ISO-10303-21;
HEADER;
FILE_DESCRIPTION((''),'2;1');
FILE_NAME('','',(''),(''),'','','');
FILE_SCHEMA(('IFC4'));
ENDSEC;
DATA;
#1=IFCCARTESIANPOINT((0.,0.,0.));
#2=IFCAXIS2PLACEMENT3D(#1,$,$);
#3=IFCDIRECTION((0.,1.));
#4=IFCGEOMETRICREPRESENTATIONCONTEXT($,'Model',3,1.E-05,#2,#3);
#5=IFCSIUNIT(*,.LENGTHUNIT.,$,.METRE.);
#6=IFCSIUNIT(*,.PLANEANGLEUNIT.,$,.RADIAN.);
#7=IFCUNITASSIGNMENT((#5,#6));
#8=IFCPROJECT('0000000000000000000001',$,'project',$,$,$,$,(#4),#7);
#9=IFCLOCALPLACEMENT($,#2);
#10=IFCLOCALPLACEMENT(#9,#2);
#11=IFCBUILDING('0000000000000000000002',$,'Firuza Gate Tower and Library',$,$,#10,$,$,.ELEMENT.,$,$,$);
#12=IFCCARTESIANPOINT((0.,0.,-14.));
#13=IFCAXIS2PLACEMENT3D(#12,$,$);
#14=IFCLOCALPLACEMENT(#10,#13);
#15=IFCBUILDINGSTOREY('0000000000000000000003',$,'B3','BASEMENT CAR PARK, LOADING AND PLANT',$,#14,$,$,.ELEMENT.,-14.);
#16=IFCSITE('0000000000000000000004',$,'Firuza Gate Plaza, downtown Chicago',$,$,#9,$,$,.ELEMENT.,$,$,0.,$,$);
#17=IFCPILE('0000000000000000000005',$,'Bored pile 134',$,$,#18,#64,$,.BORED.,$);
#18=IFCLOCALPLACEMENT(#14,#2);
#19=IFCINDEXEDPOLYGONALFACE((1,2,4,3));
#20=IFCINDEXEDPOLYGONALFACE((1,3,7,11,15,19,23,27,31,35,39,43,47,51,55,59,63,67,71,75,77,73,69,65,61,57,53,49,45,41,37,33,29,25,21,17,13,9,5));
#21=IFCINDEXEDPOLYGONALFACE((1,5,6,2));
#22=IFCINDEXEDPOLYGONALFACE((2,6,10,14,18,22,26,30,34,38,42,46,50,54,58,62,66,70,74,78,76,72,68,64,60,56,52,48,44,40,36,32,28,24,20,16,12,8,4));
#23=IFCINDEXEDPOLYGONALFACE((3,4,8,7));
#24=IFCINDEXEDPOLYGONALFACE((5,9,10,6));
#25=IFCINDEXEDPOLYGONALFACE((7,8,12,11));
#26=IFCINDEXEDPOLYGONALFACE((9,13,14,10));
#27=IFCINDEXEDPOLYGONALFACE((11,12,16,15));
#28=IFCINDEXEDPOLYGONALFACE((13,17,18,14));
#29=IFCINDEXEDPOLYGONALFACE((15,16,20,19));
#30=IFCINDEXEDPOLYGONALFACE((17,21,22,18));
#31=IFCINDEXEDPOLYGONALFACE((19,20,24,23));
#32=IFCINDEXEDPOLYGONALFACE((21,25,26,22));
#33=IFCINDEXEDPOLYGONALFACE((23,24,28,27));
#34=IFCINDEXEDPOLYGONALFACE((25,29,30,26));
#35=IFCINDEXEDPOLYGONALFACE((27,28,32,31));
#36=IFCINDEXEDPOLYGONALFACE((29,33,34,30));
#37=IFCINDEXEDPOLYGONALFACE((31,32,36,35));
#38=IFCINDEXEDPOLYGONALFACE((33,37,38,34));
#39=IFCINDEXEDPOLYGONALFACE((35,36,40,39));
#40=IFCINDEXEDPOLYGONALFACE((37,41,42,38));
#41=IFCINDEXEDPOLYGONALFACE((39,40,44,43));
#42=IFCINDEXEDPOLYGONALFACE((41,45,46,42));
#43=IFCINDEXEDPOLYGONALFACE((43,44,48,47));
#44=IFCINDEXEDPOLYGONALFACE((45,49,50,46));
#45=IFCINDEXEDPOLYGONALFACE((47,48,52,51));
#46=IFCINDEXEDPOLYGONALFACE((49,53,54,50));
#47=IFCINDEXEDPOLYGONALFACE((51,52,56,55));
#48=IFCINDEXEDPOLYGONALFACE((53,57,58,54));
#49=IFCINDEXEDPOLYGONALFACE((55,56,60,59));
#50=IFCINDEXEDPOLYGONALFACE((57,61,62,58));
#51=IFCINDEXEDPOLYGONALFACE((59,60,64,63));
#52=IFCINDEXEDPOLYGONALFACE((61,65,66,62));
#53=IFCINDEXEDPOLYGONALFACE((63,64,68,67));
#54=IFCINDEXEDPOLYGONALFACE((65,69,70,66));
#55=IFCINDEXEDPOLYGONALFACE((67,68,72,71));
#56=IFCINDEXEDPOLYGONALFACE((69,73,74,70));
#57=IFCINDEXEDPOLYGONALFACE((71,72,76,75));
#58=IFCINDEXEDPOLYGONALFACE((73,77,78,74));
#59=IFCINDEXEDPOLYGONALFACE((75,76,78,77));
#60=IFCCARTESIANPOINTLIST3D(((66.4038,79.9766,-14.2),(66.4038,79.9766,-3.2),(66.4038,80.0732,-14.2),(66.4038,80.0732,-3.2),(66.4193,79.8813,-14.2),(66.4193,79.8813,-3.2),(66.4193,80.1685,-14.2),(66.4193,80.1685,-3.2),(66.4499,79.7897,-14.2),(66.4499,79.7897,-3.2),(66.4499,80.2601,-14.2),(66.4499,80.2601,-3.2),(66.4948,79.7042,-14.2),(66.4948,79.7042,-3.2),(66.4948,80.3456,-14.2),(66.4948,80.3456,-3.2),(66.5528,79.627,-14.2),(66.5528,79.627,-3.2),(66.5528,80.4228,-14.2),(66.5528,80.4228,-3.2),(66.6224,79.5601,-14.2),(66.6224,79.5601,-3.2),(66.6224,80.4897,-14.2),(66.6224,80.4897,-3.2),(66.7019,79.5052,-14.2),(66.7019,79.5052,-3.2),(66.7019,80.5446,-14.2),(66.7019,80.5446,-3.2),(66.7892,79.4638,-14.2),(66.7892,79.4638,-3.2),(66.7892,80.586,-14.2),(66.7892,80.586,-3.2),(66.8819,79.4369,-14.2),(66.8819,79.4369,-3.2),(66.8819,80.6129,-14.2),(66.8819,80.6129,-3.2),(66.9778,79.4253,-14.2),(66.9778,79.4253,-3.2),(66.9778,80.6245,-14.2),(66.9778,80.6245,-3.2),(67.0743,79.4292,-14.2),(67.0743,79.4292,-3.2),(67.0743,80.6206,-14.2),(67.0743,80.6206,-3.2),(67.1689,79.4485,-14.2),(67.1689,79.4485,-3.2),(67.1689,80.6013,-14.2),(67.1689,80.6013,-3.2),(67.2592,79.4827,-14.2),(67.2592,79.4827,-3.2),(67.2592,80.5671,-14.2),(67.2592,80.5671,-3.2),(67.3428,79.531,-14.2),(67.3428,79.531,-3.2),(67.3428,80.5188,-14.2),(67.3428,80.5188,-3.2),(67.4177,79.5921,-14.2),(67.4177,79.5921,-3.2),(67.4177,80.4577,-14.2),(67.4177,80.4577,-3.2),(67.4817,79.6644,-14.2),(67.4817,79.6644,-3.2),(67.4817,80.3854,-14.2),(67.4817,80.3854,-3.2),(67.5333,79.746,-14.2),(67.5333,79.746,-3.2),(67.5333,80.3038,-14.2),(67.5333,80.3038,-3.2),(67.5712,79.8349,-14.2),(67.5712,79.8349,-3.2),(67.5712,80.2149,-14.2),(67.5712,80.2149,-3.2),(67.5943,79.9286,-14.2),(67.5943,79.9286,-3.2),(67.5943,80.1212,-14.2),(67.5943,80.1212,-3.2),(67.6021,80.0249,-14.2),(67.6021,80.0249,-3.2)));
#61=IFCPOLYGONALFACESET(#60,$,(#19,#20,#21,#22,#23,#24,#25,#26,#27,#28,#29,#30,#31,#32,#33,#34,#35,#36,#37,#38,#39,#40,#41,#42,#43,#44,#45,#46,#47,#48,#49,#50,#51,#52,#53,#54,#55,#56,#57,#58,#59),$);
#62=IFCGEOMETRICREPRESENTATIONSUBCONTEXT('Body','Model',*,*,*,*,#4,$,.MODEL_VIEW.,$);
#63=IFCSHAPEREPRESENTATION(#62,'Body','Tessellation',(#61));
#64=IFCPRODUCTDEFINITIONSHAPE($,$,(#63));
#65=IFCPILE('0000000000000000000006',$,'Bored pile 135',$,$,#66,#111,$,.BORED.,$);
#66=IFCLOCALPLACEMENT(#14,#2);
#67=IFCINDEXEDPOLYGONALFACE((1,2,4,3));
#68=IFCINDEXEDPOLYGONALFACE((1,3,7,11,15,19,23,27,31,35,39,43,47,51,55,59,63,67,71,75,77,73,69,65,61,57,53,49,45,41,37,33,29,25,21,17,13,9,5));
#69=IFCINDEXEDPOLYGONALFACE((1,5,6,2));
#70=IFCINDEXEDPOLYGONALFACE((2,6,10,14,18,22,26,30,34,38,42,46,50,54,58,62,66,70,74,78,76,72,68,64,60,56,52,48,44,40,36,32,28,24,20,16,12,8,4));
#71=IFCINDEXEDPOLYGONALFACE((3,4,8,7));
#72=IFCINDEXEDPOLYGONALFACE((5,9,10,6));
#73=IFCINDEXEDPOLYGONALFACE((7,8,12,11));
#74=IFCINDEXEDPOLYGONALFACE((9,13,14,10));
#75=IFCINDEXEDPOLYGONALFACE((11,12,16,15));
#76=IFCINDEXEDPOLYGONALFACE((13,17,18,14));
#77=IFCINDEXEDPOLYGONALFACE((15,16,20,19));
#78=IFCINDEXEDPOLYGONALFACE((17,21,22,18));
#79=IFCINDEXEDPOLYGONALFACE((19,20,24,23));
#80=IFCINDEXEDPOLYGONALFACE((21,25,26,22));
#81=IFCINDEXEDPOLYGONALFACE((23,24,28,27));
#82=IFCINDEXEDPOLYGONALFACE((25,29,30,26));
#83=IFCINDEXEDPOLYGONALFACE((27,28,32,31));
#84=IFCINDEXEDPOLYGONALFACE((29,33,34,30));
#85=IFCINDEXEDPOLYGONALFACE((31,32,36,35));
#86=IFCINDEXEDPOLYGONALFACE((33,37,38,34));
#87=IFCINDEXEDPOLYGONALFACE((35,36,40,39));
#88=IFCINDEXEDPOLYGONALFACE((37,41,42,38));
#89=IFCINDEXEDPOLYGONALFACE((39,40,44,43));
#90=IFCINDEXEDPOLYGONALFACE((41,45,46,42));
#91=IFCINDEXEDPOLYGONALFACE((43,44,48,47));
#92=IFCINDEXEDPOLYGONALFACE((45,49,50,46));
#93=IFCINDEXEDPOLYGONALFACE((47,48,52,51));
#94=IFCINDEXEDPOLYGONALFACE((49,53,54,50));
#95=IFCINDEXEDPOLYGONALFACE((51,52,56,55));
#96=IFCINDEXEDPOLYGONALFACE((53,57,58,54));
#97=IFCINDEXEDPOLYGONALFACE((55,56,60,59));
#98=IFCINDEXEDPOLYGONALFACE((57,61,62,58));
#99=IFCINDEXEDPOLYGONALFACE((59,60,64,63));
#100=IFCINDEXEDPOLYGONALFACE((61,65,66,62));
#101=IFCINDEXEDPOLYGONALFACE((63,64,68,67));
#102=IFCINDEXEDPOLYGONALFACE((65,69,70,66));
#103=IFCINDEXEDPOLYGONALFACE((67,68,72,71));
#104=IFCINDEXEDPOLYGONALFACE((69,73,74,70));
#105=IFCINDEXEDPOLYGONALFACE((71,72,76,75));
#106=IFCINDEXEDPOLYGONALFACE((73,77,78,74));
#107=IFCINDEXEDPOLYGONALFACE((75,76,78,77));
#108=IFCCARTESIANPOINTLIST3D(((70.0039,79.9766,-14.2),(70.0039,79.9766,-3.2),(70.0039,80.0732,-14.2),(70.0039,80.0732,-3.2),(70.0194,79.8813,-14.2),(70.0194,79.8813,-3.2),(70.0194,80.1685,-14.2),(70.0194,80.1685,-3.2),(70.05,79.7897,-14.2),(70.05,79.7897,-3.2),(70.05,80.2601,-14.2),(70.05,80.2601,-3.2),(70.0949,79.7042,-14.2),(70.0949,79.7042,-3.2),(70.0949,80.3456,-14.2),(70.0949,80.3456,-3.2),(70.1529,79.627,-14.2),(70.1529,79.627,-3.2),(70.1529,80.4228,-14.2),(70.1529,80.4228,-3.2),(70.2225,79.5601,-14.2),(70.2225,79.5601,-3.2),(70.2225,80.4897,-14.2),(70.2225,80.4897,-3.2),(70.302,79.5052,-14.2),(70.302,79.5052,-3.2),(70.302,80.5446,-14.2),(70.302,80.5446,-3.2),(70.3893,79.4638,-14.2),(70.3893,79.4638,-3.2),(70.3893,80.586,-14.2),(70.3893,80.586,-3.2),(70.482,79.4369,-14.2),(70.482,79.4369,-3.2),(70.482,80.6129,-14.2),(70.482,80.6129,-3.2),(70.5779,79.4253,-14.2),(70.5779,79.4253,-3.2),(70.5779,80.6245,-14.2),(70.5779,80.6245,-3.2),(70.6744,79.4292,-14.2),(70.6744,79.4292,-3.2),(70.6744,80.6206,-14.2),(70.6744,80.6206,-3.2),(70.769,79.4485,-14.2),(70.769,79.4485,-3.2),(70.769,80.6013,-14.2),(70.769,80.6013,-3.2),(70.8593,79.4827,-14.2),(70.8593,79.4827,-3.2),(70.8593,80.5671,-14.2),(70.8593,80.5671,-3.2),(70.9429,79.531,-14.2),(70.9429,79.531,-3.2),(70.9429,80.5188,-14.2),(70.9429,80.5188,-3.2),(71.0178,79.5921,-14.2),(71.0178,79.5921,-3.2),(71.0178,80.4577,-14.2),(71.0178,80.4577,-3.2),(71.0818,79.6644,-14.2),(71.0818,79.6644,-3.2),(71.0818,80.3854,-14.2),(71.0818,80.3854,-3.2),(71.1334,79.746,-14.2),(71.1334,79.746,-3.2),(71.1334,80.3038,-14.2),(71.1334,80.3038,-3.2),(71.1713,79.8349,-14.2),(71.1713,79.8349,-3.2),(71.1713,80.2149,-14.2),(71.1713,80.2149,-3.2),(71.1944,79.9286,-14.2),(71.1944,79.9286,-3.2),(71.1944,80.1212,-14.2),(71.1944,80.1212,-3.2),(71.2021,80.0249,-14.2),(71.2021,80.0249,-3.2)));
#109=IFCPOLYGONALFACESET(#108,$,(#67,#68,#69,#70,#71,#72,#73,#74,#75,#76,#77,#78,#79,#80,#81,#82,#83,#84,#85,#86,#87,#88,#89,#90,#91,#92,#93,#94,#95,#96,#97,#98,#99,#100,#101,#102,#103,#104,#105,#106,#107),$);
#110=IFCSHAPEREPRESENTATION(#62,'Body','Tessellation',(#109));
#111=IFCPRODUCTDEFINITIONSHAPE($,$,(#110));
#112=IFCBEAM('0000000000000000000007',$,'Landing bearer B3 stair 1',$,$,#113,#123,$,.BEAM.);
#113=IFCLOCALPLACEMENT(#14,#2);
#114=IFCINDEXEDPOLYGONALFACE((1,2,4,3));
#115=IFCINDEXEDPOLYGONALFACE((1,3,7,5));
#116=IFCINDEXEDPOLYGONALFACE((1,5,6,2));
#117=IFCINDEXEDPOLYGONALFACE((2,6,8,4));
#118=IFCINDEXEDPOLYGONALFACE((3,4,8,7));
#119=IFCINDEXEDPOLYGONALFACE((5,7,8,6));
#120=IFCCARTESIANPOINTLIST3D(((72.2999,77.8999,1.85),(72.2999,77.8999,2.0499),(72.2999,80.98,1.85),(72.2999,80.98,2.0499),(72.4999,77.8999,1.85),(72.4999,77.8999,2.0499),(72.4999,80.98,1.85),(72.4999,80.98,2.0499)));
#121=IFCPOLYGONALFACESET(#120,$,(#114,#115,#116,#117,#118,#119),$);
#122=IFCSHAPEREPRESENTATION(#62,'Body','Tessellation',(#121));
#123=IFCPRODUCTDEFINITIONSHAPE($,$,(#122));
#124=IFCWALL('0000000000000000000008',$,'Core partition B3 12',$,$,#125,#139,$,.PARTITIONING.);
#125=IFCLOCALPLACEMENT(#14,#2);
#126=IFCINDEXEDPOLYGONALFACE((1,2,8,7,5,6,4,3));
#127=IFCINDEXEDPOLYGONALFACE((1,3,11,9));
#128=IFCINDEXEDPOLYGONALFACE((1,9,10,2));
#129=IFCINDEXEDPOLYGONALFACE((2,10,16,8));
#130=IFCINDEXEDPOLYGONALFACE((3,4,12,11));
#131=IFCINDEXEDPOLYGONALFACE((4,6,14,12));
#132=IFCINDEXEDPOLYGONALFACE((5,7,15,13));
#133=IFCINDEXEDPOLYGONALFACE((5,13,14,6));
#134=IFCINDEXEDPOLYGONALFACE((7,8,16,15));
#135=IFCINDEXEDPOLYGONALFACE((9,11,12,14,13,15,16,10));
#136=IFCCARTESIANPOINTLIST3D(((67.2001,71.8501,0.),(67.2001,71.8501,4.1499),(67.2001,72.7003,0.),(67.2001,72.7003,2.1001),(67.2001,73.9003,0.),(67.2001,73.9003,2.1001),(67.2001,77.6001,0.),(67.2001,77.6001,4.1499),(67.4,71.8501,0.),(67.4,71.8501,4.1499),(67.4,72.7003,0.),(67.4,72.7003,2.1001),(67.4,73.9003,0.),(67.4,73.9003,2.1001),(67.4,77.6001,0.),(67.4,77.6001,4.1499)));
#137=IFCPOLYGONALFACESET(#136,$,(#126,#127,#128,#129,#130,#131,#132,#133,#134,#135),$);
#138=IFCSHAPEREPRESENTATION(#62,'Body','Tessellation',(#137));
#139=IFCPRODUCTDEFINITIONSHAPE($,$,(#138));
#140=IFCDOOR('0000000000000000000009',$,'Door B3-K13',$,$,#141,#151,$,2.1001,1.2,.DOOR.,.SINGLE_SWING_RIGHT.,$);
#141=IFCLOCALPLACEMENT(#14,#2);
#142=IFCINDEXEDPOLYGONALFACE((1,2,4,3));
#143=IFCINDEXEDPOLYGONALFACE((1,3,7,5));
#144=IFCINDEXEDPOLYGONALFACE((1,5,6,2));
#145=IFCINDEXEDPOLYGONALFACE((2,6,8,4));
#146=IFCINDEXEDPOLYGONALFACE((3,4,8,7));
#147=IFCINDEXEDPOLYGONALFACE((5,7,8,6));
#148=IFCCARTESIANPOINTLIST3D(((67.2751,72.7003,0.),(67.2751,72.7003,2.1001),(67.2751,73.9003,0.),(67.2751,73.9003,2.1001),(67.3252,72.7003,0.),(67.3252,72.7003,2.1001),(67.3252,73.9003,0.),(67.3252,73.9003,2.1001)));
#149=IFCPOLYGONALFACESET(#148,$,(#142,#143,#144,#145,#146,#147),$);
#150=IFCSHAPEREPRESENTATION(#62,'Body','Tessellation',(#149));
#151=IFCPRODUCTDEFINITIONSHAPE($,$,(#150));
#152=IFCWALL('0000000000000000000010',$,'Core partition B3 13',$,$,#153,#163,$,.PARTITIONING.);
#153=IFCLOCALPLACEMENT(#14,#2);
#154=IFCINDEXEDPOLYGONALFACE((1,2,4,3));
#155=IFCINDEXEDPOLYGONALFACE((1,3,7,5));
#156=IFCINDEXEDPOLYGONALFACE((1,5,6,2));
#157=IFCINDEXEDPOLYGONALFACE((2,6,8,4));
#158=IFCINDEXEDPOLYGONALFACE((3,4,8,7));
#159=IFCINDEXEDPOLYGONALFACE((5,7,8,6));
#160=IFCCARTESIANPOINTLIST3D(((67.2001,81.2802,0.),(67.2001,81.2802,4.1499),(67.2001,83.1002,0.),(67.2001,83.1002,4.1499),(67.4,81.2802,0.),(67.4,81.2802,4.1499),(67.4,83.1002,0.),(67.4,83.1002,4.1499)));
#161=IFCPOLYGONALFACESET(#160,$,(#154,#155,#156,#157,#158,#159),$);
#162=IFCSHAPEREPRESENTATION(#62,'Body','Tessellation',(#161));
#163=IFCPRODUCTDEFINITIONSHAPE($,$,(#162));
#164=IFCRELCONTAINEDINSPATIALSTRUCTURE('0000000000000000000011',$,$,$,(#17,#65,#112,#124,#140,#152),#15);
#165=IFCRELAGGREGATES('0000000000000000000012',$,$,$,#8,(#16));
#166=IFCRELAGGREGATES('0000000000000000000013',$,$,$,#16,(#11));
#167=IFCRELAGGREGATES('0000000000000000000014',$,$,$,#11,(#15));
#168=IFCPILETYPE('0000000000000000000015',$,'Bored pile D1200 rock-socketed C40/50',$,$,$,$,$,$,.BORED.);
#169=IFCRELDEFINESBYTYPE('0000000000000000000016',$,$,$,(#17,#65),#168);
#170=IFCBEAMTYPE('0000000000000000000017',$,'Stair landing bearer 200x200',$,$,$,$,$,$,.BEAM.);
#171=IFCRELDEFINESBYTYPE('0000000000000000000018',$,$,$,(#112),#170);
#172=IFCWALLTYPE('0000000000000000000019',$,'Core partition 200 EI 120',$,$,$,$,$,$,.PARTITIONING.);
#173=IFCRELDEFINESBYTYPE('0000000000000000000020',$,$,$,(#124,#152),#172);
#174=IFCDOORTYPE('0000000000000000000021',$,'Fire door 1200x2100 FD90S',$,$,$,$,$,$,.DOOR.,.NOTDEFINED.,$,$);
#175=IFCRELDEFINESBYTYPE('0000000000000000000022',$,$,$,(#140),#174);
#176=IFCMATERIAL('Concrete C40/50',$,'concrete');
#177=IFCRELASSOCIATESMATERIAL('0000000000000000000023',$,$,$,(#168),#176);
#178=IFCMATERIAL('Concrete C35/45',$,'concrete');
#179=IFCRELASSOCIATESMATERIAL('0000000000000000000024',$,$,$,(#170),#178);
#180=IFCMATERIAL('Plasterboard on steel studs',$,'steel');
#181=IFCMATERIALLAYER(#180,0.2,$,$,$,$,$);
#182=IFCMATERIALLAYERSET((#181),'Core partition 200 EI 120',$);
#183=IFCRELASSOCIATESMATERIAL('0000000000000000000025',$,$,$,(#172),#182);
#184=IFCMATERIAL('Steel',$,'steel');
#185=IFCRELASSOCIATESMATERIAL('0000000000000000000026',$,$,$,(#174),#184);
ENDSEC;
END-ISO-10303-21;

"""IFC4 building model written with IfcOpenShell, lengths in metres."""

from ifc_helpers import new_model, si_unit, direction, frame, frame_2d, origin, origin_2d, place, context, subcontext, project, spatial, rectangle, circle, extrude, material, layer, layer_set, material_profile, profile_set, type_object, element, fill, save


model = new_model("IFC4")

# Units and contexts
model_context = context("Model", 3, precision=1e-05, world=origin(), true_north=direction((0.0, 1.0)))
body_context = subcontext(model_context, "Body", "Model", "MODEL_VIEW")
ifc_project = project(units=[si_unit("LENGTHUNIT", "METRE"), si_unit("PLANEANGLEUNIT", "RADIAN")], contexts=[model_context])

# Site, building, storey
site_placement = place(None, origin())
site = spatial("IfcSite", under=ifc_project, at=site_placement, Name="Firuza Gate Plaza, downtown Chicago", CompositionType="ELEMENT", RefElevation=0.0)
building_placement = place(site_placement, origin())
building = spatial("IfcBuilding", under=site, at=building_placement, Name="Firuza Gate Tower and Library", CompositionType="ELEMENT")
storey_placement = place(building_placement, frame((0.0, 0.0, -14.0)))
storey = spatial("IfcBuildingStorey", under=building, at=storey_placement, Name="B3", Description="BASEMENT CAR PARK, LOADING AND PLANT", CompositionType="ELEMENT", Elevation=-14.0)

# Piles
ifc_material_1 = material(Name="Concrete C40/50", Category="concrete")
ifc_material_profile_1 = material_profile(ifc_material_1, circle(Radius=0.6001, at=origin_2d()))
ifc_profile_set_1 = profile_set([ifc_material_profile_1], Name="Concrete C40/50")
pile_type = type_object("IfcPileType", Name="Bored pile D1200 rock-socketed C40/50", PredefinedType="BORED", material=ifc_profile_set_1)
for number, where, z_axis, x_axis, name in (
    (1, (67.002, 80.0249, -3.2), (0.0, 0.0, -1.0), (1.0, 0.0, 0.0), "Bored pile 134"),
    (2, (70.6021, 80.0249, -3.2), (0.0, 0.0, -1.0), (1.0, 0.0, 0.0), "Bored pile 135"),
):
    element("IfcPile", number, at=place(storey_placement, frame(where, z_axis=z_axis, x_axis=x_axis)), inside=storey, type_object=pile_type, Name=name, PredefinedType="BORED", context=body_context, shape_type="SweptSolid", body=[
        extrude(circle(Radius=0.6001, at=origin_2d()), origin(), (0.0, 0.0, 1.0), 11.0),
    ])

# Beam
ifc_material_2 = material(Name="Concrete C35/45", Category="concrete")
ifc_material_profile_2 = material_profile(ifc_material_2, rectangle(XDim=0.2, YDim=0.2, at=origin_2d()))
ifc_profile_set_2 = profile_set([ifc_material_profile_2], Name="Concrete C35/45")
beam_type = type_object("IfcBeamType", Name="Stair landing bearer 200x200", PredefinedType="BEAM", material=ifc_profile_set_2)
beam_placement = place(storey_placement, frame((72.3999, 77.8999, 1.95), z_axis=(0.0, 1.0, 0.0), x_axis=(-1.0, 0.0, 0.0)))
element("IfcBeam", 3, at=beam_placement, inside=storey, type_object=beam_type, Name="Landing bearer B3 stair 1", PredefinedType="BEAM", context=body_context, shape_type="SweptSolid", body=[
    extrude(rectangle(XDim=0.2, YDim=0.2, at=origin_2d()), origin(), (0.0, 0.0, 1.0), 3.0801),
])

# Wall, opening, door
ifc_material_3 = material(Name="Plasterboard on steel studs", Category="steel")
ifc_layer_1 = layer(ifc_material_3, 0.2)
ifc_layer_set_1 = layer_set([ifc_layer_1], Name="Core partition 200 EI 120")
wall_type_1 = type_object("IfcWallType", Name="Core partition 200 EI 120", PredefinedType="PARTITIONING", material=ifc_layer_set_1)
wall_1_placement = place(storey_placement, frame((67.3, 71.8501, 0.0), z_axis=(0.0, 0.0, 1.0), x_axis=(0.0, 1.0, 0.0)))
wall_1 = element("IfcWall", 4, at=wall_1_placement, inside=storey, type_object=wall_type_1, Name="Core partition B3 12", PredefinedType="PARTITIONING", context=body_context, shape_type="SweptSolid", body=[
    extrude(rectangle(XDim=5.75, YDim=0.2, at=frame_2d((2.875, 0.0))), origin(), (0.0, 0.0, 1.0), 4.1499),
])
opening_1_placement = place(wall_1_placement, frame((0.8501, 0.0, 0.0)))
opening_1 = element("IfcOpeningElement", 5, at=opening_1_placement, cuts=wall_1, PredefinedType="OPENING", context=body_context, shape_type="SweptSolid", body=[
    extrude(rectangle(XDim=1.2, YDim=2.1001, at=frame_2d((0.6001, 1.05))), frame((0.0, 0.1099, 0.0), z_axis=(0.0, -1.0, 0.0), x_axis=(1.0, 0.0, 0.0)), (0.0, 0.0, 1.0), 0.22),
])
ifc_material_4 = material(Name="Steel", Category="steel")
door_type_1 = type_object("IfcDoorType", Name="Fire door 1200x2100 FD90S", OperationType="NOTDEFINED", PredefinedType="DOOR", material=ifc_material_4)
door_1_placement = place(opening_1_placement, origin())
door_1 = element("IfcDoor", 6, at=door_1_placement, inside=storey, type_object=door_type_1, Name="Door B3-K13", OperationType="SINGLE_SWING_RIGHT", OverallHeight=2.1001, OverallWidth=1.2, PredefinedType="DOOR", context=body_context, shape_type="SweptSolid", body=[
    extrude(rectangle(XDim=1.2, YDim=2.1001, at=frame_2d((0.6001, 1.05))), frame((0.0, 0.0249, 0.0), z_axis=(0.0, -1.0, 0.0), x_axis=(1.0, 0.0, 0.0)), (0.0, 0.0, 1.0), 0.05),
])
fill(opening_1, door_1)

# Wall
wall_2_placement = place(storey_placement, frame((67.3, 81.28, 0.0), z_axis=(0.0, 0.0, 1.0), x_axis=(0.0, 1.0, 0.0)))
element("IfcWall", 7, at=wall_2_placement, inside=storey, type_object=wall_type_1, Name="Core partition B3 13", PredefinedType="PARTITIONING", context=body_context, shape_type="SweptSolid", body=[
    extrude(rectangle(XDim=1.8201, YDim=0.2, at=frame_2d((0.9102, 0.0))), origin(), (0.0, 0.0, 1.0), 4.1499),
])

save(model, "model.ifc")
